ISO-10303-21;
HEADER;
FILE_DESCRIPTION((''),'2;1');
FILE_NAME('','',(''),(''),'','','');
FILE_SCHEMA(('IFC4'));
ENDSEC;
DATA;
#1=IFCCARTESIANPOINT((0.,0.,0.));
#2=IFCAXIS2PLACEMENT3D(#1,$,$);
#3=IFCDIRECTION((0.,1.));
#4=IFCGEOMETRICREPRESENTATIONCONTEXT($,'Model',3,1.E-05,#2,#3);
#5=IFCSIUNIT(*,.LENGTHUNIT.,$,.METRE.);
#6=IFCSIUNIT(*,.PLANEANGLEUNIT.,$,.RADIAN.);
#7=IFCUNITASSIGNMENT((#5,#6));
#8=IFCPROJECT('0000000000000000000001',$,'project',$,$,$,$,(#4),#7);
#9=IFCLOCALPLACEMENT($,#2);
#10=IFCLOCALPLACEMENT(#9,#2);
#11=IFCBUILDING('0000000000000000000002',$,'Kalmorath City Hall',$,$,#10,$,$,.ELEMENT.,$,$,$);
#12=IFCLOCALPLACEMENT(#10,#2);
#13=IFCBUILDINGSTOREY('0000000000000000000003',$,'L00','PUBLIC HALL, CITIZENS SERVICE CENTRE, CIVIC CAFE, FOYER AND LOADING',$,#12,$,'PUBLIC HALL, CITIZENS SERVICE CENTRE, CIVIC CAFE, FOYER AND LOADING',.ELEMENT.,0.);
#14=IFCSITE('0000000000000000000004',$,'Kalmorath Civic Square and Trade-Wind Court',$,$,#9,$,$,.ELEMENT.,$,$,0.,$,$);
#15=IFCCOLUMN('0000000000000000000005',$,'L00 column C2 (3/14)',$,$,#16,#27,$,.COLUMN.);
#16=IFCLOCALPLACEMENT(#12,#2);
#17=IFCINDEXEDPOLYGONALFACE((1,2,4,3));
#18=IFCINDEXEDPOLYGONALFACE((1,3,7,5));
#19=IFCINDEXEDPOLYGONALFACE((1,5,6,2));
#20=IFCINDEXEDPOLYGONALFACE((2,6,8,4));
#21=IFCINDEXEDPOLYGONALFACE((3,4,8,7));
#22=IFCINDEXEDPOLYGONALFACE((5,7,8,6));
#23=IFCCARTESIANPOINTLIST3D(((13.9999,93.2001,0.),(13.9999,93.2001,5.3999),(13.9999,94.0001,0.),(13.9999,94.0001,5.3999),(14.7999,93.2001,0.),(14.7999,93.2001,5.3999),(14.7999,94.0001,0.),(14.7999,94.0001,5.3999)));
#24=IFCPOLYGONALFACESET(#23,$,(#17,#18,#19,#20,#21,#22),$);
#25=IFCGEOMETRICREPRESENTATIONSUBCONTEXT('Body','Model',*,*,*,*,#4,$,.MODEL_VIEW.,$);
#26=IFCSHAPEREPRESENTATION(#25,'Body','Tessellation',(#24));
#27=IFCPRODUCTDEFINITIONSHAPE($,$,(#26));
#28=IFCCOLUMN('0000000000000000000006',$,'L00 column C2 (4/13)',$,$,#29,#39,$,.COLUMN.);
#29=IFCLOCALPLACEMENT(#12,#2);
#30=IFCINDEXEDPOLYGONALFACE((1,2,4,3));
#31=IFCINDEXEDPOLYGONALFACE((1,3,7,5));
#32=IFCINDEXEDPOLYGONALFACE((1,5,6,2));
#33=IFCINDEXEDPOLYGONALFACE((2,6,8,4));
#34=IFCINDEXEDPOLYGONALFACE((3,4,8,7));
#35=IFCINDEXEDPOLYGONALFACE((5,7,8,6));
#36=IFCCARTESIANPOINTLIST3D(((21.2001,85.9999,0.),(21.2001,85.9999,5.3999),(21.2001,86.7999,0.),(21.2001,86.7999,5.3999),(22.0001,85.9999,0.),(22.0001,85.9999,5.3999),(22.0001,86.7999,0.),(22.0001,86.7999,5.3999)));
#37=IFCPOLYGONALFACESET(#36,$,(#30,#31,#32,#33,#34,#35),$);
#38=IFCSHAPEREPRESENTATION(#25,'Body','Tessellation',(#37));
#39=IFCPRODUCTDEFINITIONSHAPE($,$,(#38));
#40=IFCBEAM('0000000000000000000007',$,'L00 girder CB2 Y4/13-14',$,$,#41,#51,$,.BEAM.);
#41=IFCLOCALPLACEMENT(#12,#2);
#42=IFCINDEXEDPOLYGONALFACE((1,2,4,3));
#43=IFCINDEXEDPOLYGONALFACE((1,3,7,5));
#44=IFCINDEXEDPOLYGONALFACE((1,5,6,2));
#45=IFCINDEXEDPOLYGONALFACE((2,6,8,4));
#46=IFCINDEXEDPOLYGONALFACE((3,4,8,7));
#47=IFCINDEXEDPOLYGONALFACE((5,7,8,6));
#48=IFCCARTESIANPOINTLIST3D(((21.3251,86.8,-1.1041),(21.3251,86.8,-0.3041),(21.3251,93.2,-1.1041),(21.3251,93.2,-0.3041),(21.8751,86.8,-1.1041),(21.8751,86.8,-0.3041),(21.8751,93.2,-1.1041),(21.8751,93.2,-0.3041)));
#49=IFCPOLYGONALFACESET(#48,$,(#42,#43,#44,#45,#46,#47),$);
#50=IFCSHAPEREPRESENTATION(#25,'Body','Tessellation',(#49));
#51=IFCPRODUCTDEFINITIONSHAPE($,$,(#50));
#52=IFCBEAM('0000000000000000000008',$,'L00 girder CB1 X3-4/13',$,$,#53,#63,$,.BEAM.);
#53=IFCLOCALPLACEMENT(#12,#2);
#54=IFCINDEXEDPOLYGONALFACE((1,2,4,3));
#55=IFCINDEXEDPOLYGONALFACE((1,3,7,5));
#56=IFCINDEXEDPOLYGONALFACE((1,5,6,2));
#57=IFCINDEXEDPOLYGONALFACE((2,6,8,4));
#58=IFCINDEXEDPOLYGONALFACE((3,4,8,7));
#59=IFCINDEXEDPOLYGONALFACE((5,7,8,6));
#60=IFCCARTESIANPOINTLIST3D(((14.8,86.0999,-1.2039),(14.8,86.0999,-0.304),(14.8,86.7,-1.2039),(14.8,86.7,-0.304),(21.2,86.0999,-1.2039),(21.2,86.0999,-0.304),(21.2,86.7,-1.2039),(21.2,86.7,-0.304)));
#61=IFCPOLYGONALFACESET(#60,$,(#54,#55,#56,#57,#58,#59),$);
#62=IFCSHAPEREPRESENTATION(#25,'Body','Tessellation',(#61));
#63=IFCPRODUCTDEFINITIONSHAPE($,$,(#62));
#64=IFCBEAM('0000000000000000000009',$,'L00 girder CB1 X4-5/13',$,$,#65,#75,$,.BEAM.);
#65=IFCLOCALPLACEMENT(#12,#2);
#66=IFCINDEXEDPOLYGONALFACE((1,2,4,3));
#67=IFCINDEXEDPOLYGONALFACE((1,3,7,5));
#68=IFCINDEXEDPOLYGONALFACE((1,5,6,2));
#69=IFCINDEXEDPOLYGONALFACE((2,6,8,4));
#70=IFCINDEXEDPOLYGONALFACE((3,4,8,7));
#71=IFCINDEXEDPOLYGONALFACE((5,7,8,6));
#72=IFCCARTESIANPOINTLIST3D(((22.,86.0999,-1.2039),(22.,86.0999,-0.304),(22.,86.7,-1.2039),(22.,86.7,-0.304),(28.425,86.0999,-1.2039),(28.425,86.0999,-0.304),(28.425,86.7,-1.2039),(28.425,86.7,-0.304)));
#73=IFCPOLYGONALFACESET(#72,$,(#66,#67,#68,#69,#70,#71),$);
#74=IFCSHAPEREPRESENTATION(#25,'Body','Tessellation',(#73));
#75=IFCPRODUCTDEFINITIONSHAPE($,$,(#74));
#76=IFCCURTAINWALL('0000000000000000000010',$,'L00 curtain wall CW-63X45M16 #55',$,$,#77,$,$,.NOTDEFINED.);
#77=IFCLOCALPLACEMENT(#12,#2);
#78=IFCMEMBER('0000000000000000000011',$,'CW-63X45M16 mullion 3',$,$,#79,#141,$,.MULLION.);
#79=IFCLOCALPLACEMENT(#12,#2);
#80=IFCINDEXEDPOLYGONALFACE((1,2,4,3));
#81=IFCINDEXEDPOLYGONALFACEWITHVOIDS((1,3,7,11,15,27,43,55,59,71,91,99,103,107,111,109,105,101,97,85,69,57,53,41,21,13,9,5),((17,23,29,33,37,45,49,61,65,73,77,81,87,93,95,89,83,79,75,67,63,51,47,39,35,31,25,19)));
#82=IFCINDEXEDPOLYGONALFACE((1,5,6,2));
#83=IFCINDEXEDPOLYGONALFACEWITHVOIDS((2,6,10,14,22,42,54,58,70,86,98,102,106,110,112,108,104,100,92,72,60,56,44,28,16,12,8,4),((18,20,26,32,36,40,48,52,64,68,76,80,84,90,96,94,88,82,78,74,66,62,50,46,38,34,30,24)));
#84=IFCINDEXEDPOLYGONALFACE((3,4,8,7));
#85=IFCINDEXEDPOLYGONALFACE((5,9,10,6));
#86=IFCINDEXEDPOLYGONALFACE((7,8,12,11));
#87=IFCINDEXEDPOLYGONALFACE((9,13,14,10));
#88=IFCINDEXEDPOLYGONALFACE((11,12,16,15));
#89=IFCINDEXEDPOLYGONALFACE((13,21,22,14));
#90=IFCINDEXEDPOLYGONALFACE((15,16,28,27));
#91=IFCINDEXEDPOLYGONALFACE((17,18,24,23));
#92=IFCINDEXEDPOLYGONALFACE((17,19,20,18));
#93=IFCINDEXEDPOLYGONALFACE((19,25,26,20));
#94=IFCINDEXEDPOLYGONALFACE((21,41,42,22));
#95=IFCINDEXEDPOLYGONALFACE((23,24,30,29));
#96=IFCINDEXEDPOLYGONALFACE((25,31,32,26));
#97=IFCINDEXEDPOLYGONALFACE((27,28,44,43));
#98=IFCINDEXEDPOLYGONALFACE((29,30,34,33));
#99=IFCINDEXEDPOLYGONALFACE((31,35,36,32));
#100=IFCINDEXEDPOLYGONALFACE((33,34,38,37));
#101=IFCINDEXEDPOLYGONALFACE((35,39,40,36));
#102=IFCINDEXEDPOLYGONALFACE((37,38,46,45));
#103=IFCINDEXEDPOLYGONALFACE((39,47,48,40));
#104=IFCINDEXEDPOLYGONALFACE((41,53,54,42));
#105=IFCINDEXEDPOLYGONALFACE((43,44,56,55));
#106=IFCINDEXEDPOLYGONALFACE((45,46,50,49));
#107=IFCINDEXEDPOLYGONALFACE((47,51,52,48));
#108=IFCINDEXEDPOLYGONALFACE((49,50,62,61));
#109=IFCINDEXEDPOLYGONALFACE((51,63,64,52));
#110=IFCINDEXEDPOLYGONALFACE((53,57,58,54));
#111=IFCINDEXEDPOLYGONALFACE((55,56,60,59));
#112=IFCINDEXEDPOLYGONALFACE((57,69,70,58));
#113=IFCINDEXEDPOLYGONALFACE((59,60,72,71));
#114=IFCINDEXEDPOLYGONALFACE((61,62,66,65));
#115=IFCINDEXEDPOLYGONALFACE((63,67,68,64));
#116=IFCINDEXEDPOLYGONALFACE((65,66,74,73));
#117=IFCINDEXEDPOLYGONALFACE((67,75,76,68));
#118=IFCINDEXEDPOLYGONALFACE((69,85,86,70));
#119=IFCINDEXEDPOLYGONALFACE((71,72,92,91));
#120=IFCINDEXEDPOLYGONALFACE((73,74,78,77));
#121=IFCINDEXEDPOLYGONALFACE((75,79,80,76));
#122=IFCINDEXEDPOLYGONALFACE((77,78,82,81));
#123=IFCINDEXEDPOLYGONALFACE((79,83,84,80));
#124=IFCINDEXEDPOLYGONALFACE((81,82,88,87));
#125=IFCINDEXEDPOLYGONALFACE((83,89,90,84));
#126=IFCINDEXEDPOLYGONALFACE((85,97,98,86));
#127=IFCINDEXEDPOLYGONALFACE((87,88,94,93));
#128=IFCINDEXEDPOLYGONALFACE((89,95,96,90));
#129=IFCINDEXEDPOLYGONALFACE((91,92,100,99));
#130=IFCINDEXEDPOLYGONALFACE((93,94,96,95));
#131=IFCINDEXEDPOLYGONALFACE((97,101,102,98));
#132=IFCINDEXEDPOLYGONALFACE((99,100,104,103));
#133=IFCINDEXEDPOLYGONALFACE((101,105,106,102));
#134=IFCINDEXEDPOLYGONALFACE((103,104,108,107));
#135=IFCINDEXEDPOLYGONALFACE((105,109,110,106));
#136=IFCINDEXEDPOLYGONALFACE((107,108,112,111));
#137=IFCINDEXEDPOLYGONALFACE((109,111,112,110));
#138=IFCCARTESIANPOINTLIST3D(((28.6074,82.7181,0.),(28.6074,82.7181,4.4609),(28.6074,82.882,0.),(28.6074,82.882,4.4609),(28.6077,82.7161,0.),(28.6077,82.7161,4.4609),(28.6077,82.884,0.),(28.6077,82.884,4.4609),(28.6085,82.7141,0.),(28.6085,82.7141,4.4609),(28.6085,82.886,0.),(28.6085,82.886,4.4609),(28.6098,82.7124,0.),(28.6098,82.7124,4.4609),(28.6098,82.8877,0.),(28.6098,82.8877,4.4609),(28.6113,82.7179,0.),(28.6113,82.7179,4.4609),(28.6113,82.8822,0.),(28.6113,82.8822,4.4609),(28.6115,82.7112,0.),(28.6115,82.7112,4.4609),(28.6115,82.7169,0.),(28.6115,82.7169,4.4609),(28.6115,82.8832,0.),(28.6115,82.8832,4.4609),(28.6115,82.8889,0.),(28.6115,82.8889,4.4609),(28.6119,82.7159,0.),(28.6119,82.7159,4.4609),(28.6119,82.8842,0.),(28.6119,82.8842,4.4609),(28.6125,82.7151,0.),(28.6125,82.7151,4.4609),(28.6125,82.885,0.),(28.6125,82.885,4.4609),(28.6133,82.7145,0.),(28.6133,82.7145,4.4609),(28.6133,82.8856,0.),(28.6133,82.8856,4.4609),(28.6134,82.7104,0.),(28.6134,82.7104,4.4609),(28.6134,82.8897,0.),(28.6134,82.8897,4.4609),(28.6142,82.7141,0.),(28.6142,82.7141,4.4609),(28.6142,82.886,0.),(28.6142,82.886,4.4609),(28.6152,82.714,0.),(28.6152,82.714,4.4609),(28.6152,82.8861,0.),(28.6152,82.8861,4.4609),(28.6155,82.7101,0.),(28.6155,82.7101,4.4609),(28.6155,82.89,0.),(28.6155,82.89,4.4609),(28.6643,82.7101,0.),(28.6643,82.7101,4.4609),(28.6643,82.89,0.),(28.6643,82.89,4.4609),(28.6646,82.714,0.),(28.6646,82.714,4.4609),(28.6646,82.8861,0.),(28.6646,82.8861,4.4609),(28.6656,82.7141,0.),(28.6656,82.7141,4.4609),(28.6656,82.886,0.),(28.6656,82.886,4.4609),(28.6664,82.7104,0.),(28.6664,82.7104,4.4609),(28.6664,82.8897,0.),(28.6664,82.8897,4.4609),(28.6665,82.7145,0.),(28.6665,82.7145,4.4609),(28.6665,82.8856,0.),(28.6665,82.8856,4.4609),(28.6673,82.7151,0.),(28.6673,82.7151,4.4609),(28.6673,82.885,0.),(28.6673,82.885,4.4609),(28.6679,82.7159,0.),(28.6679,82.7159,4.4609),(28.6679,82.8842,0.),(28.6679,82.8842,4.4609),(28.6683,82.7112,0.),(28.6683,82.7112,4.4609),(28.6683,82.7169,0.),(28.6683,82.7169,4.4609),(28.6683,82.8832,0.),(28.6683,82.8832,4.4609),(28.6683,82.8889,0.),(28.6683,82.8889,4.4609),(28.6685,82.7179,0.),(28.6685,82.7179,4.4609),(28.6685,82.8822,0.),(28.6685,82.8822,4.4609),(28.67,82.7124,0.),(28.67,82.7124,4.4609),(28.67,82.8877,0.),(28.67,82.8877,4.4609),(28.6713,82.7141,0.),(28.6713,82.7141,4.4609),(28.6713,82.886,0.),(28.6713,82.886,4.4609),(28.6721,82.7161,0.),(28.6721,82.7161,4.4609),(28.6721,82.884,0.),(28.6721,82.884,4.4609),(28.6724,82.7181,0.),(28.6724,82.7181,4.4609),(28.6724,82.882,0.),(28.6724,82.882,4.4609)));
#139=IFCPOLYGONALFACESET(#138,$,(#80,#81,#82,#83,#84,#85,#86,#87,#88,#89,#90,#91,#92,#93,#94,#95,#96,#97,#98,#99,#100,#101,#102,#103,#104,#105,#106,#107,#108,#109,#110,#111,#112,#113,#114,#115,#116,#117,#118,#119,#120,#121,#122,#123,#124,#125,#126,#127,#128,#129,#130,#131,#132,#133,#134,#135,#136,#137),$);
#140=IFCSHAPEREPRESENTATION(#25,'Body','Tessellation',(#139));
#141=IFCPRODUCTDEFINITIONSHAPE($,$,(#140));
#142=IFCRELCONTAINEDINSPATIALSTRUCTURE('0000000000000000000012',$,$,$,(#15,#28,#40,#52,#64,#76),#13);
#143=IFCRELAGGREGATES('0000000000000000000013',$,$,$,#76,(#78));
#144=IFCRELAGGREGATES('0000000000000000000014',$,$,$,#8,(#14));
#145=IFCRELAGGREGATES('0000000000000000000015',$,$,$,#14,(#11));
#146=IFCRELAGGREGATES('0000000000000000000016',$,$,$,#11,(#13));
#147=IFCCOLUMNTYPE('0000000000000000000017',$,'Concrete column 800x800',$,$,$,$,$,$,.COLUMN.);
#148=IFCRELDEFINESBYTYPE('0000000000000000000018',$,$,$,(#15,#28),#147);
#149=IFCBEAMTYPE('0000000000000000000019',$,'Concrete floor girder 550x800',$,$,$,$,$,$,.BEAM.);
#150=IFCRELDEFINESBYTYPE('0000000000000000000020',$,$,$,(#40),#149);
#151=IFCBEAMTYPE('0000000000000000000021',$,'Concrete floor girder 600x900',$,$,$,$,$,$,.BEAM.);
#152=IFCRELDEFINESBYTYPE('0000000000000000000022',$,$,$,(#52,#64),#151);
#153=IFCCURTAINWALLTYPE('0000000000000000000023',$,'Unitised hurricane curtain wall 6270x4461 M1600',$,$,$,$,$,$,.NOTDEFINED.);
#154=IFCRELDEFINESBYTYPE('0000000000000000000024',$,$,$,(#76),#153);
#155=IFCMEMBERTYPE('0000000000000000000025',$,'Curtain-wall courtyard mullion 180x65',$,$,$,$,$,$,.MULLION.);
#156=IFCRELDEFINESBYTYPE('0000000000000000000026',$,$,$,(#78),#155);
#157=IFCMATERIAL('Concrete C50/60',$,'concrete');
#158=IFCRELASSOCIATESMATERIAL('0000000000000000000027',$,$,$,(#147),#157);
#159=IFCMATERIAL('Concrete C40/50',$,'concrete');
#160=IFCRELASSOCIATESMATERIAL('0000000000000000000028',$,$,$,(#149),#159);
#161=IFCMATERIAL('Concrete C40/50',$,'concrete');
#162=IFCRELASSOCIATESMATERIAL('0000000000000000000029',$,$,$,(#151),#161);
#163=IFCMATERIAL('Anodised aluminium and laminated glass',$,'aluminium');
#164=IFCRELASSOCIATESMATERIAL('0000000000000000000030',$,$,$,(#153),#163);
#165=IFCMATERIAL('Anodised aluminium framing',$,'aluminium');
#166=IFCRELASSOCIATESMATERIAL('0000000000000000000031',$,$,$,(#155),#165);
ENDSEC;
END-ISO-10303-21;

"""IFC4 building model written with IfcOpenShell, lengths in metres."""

from ifc_helpers import new_model, si_unit, direction, frame, origin, origin_2d, place, context, subcontext, project, spatial, rectangle, hollow_rectangle, extrude, material, material_profile, profile_set, type_object, element, aggregate, save


model = new_model("IFC4")

# Units and contexts
model_context = context("Model", 3, precision=1e-05, world=origin(), true_north=direction((0.0, 1.0)))
body_context = subcontext(model_context, "Body", "Model", "MODEL_VIEW")
ifc_project = project(units=[si_unit("LENGTHUNIT", "METRE"), si_unit("PLANEANGLEUNIT", "RADIAN")], contexts=[model_context])

# Site, building, storey
site_placement = place(None, origin())
site = spatial("IfcSite", under=ifc_project, at=site_placement, Name="Kalmorath Civic Square and Trade-Wind Court", CompositionType="ELEMENT", RefElevation=0.0)
building_placement = place(site_placement, origin())
building = spatial("IfcBuilding", under=site, at=building_placement, Name="Kalmorath City Hall", CompositionType="ELEMENT")
storey_placement = place(building_placement, origin())
storey = spatial("IfcBuildingStorey", under=building, at=storey_placement, Name="L00", Description="PUBLIC HALL, CITIZENS SERVICE CENTRE, CIVIC CAFE, FOYER AND LOADING", LongName="PUBLIC HALL, CITIZENS SERVICE CENTRE, CIVIC CAFE, FOYER AND LOADING", CompositionType="ELEMENT", Elevation=0.0)

# Columns
ifc_material_1 = material(Name="Concrete C50/60", Category="concrete")
ifc_material_profile_1 = material_profile(ifc_material_1, rectangle(XDim=0.8, YDim=0.8, at=origin_2d()), Name="RC-COL-800X800")
ifc_profile_set_1 = profile_set([ifc_material_profile_1], Name="Concrete C50/60")
column_type = type_object("IfcColumnType", Name="Concrete column 800x800", PredefinedType="COLUMN", material=ifc_profile_set_1)
for number, where, z_axis, x_axis, name in (
    (1, (14.3999, 93.6001, 0.0), (0.0, 0.0, 1.0), (1.0, 0.0, 0.0), "L00 column C2 (3/14)"),
    (2, (21.6001, 86.3999, 0.0), (0.0, 0.0, 1.0), (1.0, 0.0, 0.0), "L00 column C2 (4/13)"),
):
    element("IfcColumn", number, at=place(storey_placement, frame(where, z_axis=z_axis, x_axis=x_axis)), inside=storey, type_object=column_type, Name=name, PredefinedType="COLUMN", context=body_context, shape_type="SweptSolid", body=[
        extrude(rectangle(XDim=0.8, YDim=0.8, at=origin_2d()), origin(), (0.0, 0.0, 1.0), 5.3999),
    ])

# Beams
ifc_material_2 = material(Name="Concrete C40/50", Category="concrete")
ifc_material_profile_2 = material_profile(ifc_material_2, rectangle(XDim=0.55, YDim=0.8, at=origin_2d()), Name="RC-BM-550X800")
ifc_profile_set_2 = profile_set([ifc_material_profile_2], Name="Concrete C40/50")
beam_type_1 = type_object("IfcBeamType", Name="Concrete floor girder 550x800", PredefinedType="BEAM", material=ifc_profile_set_2)
beam_1_placement = place(storey_placement, frame((21.6001, 86.8, -0.7041), z_axis=(0.0, 1.0, 0.0), x_axis=(-1.0, 0.0, 0.0)))
element("IfcBeam", 3, at=beam_1_placement, inside=storey, type_object=beam_type_1, Name="L00 girder CB2 Y4/13-14", PredefinedType="BEAM", context=body_context, shape_type="SweptSolid", body=[
    extrude(rectangle(XDim=0.55, YDim=0.8, at=origin_2d()), origin(), (0.0, 0.0, 1.0), 6.3999),
])
ifc_material_3 = material(Name="Concrete C40/50", Category="concrete")
ifc_material_profile_3 = material_profile(ifc_material_3, rectangle(XDim=0.6001, YDim=0.8999, at=origin_2d()), Name="RC-BM-600X900")
ifc_profile_set_3 = profile_set([ifc_material_profile_3], Name="Concrete C40/50")
beam_type_2 = type_object("IfcBeamType", Name="Concrete floor girder 600x900", PredefinedType="BEAM", material=ifc_profile_set_3)
beam_2_placement = place(storey_placement, frame((14.8, 86.3999, -0.7539), z_axis=(1.0, 0.0, 0.0), x_axis=(0.0, 1.0, 0.0)))
element("IfcBeam", 4, at=beam_2_placement, inside=storey, type_object=beam_type_2, Name="L00 girder CB1 X3-4/13", PredefinedType="BEAM", context=body_context, shape_type="SweptSolid", body=[
    extrude(rectangle(XDim=0.6001, YDim=0.8999, at=origin_2d()), origin(), (0.0, 0.0, 1.0), 6.3999),
])
beam_3_placement = place(storey_placement, frame((22.0, 86.3999, -0.7539), z_axis=(1.0, 0.0, 0.0), x_axis=(0.0, 1.0, 0.0)))
element("IfcBeam", 5, at=beam_3_placement, inside=storey, type_object=beam_type_2, Name="L00 girder CB1 X4-5/13", PredefinedType="BEAM", context=body_context, shape_type="SweptSolid", body=[
    extrude(rectangle(XDim=0.6001, YDim=0.8999, at=origin_2d()), origin(), (0.0, 0.0, 1.0), 6.425),
])

# Curtain wall, member
ifc_material_4 = material(Name="Anodised aluminium and laminated glass", Category="aluminium")
curtain_wall_type = type_object("IfcCurtainWallType", Name="Unitised hurricane curtain wall 6270x4461 M1600", PredefinedType="NOTDEFINED", material=ifc_material_4)
curtain_wall_placement = place(storey_placement, origin())
curtain_wall = element("IfcCurtainWall", 6, at=curtain_wall_placement, inside=storey, type_object=curtain_wall_type, Name="L00 curtain wall CW-63X45M16 #55", PredefinedType="NOTDEFINED")
ifc_material_5 = material(Name="Anodised aluminium framing", Category="aluminium")
ifc_material_profile_4 = material_profile(ifc_material_5, hollow_rectangle(XDim=0.0649, YDim=0.1799, WallThickness=0.0039, InnerFilletRadius=0.0039, OuterFilletRadius=0.0081, at=origin_2d()), Name="ALU-MUL-180X65X4")
ifc_profile_set_4 = profile_set([ifc_material_profile_4], Name="Anodised aluminium framing")
member_type_1 = type_object("IfcMemberType", Name="Curtain-wall courtyard mullion 180x65", PredefinedType="MULLION", material=ifc_profile_set_4)
member_1_placement = place(storey_placement, frame((28.6399, 82.8, 0.0), z_axis=(0.0, 0.0, 1.0), x_axis=(1.0, 0.0, 0.0)))
member_1 = element("IfcMember", 7, at=member_1_placement, type_object=member_type_1, Name="CW-63X45M16 mullion 3", PredefinedType="MULLION", context=body_context, shape_type="SweptSolid", body=[
    extrude(hollow_rectangle(XDim=0.0649, YDim=0.1799, WallThickness=0.0039, InnerFilletRadius=0.0039, OuterFilletRadius=0.0081, at=origin_2d()), origin(), (0.0, 0.0, 1.0), 4.4609),
])

aggregate(curtain_wall, [member_1])

save(model, "model.ifc")
